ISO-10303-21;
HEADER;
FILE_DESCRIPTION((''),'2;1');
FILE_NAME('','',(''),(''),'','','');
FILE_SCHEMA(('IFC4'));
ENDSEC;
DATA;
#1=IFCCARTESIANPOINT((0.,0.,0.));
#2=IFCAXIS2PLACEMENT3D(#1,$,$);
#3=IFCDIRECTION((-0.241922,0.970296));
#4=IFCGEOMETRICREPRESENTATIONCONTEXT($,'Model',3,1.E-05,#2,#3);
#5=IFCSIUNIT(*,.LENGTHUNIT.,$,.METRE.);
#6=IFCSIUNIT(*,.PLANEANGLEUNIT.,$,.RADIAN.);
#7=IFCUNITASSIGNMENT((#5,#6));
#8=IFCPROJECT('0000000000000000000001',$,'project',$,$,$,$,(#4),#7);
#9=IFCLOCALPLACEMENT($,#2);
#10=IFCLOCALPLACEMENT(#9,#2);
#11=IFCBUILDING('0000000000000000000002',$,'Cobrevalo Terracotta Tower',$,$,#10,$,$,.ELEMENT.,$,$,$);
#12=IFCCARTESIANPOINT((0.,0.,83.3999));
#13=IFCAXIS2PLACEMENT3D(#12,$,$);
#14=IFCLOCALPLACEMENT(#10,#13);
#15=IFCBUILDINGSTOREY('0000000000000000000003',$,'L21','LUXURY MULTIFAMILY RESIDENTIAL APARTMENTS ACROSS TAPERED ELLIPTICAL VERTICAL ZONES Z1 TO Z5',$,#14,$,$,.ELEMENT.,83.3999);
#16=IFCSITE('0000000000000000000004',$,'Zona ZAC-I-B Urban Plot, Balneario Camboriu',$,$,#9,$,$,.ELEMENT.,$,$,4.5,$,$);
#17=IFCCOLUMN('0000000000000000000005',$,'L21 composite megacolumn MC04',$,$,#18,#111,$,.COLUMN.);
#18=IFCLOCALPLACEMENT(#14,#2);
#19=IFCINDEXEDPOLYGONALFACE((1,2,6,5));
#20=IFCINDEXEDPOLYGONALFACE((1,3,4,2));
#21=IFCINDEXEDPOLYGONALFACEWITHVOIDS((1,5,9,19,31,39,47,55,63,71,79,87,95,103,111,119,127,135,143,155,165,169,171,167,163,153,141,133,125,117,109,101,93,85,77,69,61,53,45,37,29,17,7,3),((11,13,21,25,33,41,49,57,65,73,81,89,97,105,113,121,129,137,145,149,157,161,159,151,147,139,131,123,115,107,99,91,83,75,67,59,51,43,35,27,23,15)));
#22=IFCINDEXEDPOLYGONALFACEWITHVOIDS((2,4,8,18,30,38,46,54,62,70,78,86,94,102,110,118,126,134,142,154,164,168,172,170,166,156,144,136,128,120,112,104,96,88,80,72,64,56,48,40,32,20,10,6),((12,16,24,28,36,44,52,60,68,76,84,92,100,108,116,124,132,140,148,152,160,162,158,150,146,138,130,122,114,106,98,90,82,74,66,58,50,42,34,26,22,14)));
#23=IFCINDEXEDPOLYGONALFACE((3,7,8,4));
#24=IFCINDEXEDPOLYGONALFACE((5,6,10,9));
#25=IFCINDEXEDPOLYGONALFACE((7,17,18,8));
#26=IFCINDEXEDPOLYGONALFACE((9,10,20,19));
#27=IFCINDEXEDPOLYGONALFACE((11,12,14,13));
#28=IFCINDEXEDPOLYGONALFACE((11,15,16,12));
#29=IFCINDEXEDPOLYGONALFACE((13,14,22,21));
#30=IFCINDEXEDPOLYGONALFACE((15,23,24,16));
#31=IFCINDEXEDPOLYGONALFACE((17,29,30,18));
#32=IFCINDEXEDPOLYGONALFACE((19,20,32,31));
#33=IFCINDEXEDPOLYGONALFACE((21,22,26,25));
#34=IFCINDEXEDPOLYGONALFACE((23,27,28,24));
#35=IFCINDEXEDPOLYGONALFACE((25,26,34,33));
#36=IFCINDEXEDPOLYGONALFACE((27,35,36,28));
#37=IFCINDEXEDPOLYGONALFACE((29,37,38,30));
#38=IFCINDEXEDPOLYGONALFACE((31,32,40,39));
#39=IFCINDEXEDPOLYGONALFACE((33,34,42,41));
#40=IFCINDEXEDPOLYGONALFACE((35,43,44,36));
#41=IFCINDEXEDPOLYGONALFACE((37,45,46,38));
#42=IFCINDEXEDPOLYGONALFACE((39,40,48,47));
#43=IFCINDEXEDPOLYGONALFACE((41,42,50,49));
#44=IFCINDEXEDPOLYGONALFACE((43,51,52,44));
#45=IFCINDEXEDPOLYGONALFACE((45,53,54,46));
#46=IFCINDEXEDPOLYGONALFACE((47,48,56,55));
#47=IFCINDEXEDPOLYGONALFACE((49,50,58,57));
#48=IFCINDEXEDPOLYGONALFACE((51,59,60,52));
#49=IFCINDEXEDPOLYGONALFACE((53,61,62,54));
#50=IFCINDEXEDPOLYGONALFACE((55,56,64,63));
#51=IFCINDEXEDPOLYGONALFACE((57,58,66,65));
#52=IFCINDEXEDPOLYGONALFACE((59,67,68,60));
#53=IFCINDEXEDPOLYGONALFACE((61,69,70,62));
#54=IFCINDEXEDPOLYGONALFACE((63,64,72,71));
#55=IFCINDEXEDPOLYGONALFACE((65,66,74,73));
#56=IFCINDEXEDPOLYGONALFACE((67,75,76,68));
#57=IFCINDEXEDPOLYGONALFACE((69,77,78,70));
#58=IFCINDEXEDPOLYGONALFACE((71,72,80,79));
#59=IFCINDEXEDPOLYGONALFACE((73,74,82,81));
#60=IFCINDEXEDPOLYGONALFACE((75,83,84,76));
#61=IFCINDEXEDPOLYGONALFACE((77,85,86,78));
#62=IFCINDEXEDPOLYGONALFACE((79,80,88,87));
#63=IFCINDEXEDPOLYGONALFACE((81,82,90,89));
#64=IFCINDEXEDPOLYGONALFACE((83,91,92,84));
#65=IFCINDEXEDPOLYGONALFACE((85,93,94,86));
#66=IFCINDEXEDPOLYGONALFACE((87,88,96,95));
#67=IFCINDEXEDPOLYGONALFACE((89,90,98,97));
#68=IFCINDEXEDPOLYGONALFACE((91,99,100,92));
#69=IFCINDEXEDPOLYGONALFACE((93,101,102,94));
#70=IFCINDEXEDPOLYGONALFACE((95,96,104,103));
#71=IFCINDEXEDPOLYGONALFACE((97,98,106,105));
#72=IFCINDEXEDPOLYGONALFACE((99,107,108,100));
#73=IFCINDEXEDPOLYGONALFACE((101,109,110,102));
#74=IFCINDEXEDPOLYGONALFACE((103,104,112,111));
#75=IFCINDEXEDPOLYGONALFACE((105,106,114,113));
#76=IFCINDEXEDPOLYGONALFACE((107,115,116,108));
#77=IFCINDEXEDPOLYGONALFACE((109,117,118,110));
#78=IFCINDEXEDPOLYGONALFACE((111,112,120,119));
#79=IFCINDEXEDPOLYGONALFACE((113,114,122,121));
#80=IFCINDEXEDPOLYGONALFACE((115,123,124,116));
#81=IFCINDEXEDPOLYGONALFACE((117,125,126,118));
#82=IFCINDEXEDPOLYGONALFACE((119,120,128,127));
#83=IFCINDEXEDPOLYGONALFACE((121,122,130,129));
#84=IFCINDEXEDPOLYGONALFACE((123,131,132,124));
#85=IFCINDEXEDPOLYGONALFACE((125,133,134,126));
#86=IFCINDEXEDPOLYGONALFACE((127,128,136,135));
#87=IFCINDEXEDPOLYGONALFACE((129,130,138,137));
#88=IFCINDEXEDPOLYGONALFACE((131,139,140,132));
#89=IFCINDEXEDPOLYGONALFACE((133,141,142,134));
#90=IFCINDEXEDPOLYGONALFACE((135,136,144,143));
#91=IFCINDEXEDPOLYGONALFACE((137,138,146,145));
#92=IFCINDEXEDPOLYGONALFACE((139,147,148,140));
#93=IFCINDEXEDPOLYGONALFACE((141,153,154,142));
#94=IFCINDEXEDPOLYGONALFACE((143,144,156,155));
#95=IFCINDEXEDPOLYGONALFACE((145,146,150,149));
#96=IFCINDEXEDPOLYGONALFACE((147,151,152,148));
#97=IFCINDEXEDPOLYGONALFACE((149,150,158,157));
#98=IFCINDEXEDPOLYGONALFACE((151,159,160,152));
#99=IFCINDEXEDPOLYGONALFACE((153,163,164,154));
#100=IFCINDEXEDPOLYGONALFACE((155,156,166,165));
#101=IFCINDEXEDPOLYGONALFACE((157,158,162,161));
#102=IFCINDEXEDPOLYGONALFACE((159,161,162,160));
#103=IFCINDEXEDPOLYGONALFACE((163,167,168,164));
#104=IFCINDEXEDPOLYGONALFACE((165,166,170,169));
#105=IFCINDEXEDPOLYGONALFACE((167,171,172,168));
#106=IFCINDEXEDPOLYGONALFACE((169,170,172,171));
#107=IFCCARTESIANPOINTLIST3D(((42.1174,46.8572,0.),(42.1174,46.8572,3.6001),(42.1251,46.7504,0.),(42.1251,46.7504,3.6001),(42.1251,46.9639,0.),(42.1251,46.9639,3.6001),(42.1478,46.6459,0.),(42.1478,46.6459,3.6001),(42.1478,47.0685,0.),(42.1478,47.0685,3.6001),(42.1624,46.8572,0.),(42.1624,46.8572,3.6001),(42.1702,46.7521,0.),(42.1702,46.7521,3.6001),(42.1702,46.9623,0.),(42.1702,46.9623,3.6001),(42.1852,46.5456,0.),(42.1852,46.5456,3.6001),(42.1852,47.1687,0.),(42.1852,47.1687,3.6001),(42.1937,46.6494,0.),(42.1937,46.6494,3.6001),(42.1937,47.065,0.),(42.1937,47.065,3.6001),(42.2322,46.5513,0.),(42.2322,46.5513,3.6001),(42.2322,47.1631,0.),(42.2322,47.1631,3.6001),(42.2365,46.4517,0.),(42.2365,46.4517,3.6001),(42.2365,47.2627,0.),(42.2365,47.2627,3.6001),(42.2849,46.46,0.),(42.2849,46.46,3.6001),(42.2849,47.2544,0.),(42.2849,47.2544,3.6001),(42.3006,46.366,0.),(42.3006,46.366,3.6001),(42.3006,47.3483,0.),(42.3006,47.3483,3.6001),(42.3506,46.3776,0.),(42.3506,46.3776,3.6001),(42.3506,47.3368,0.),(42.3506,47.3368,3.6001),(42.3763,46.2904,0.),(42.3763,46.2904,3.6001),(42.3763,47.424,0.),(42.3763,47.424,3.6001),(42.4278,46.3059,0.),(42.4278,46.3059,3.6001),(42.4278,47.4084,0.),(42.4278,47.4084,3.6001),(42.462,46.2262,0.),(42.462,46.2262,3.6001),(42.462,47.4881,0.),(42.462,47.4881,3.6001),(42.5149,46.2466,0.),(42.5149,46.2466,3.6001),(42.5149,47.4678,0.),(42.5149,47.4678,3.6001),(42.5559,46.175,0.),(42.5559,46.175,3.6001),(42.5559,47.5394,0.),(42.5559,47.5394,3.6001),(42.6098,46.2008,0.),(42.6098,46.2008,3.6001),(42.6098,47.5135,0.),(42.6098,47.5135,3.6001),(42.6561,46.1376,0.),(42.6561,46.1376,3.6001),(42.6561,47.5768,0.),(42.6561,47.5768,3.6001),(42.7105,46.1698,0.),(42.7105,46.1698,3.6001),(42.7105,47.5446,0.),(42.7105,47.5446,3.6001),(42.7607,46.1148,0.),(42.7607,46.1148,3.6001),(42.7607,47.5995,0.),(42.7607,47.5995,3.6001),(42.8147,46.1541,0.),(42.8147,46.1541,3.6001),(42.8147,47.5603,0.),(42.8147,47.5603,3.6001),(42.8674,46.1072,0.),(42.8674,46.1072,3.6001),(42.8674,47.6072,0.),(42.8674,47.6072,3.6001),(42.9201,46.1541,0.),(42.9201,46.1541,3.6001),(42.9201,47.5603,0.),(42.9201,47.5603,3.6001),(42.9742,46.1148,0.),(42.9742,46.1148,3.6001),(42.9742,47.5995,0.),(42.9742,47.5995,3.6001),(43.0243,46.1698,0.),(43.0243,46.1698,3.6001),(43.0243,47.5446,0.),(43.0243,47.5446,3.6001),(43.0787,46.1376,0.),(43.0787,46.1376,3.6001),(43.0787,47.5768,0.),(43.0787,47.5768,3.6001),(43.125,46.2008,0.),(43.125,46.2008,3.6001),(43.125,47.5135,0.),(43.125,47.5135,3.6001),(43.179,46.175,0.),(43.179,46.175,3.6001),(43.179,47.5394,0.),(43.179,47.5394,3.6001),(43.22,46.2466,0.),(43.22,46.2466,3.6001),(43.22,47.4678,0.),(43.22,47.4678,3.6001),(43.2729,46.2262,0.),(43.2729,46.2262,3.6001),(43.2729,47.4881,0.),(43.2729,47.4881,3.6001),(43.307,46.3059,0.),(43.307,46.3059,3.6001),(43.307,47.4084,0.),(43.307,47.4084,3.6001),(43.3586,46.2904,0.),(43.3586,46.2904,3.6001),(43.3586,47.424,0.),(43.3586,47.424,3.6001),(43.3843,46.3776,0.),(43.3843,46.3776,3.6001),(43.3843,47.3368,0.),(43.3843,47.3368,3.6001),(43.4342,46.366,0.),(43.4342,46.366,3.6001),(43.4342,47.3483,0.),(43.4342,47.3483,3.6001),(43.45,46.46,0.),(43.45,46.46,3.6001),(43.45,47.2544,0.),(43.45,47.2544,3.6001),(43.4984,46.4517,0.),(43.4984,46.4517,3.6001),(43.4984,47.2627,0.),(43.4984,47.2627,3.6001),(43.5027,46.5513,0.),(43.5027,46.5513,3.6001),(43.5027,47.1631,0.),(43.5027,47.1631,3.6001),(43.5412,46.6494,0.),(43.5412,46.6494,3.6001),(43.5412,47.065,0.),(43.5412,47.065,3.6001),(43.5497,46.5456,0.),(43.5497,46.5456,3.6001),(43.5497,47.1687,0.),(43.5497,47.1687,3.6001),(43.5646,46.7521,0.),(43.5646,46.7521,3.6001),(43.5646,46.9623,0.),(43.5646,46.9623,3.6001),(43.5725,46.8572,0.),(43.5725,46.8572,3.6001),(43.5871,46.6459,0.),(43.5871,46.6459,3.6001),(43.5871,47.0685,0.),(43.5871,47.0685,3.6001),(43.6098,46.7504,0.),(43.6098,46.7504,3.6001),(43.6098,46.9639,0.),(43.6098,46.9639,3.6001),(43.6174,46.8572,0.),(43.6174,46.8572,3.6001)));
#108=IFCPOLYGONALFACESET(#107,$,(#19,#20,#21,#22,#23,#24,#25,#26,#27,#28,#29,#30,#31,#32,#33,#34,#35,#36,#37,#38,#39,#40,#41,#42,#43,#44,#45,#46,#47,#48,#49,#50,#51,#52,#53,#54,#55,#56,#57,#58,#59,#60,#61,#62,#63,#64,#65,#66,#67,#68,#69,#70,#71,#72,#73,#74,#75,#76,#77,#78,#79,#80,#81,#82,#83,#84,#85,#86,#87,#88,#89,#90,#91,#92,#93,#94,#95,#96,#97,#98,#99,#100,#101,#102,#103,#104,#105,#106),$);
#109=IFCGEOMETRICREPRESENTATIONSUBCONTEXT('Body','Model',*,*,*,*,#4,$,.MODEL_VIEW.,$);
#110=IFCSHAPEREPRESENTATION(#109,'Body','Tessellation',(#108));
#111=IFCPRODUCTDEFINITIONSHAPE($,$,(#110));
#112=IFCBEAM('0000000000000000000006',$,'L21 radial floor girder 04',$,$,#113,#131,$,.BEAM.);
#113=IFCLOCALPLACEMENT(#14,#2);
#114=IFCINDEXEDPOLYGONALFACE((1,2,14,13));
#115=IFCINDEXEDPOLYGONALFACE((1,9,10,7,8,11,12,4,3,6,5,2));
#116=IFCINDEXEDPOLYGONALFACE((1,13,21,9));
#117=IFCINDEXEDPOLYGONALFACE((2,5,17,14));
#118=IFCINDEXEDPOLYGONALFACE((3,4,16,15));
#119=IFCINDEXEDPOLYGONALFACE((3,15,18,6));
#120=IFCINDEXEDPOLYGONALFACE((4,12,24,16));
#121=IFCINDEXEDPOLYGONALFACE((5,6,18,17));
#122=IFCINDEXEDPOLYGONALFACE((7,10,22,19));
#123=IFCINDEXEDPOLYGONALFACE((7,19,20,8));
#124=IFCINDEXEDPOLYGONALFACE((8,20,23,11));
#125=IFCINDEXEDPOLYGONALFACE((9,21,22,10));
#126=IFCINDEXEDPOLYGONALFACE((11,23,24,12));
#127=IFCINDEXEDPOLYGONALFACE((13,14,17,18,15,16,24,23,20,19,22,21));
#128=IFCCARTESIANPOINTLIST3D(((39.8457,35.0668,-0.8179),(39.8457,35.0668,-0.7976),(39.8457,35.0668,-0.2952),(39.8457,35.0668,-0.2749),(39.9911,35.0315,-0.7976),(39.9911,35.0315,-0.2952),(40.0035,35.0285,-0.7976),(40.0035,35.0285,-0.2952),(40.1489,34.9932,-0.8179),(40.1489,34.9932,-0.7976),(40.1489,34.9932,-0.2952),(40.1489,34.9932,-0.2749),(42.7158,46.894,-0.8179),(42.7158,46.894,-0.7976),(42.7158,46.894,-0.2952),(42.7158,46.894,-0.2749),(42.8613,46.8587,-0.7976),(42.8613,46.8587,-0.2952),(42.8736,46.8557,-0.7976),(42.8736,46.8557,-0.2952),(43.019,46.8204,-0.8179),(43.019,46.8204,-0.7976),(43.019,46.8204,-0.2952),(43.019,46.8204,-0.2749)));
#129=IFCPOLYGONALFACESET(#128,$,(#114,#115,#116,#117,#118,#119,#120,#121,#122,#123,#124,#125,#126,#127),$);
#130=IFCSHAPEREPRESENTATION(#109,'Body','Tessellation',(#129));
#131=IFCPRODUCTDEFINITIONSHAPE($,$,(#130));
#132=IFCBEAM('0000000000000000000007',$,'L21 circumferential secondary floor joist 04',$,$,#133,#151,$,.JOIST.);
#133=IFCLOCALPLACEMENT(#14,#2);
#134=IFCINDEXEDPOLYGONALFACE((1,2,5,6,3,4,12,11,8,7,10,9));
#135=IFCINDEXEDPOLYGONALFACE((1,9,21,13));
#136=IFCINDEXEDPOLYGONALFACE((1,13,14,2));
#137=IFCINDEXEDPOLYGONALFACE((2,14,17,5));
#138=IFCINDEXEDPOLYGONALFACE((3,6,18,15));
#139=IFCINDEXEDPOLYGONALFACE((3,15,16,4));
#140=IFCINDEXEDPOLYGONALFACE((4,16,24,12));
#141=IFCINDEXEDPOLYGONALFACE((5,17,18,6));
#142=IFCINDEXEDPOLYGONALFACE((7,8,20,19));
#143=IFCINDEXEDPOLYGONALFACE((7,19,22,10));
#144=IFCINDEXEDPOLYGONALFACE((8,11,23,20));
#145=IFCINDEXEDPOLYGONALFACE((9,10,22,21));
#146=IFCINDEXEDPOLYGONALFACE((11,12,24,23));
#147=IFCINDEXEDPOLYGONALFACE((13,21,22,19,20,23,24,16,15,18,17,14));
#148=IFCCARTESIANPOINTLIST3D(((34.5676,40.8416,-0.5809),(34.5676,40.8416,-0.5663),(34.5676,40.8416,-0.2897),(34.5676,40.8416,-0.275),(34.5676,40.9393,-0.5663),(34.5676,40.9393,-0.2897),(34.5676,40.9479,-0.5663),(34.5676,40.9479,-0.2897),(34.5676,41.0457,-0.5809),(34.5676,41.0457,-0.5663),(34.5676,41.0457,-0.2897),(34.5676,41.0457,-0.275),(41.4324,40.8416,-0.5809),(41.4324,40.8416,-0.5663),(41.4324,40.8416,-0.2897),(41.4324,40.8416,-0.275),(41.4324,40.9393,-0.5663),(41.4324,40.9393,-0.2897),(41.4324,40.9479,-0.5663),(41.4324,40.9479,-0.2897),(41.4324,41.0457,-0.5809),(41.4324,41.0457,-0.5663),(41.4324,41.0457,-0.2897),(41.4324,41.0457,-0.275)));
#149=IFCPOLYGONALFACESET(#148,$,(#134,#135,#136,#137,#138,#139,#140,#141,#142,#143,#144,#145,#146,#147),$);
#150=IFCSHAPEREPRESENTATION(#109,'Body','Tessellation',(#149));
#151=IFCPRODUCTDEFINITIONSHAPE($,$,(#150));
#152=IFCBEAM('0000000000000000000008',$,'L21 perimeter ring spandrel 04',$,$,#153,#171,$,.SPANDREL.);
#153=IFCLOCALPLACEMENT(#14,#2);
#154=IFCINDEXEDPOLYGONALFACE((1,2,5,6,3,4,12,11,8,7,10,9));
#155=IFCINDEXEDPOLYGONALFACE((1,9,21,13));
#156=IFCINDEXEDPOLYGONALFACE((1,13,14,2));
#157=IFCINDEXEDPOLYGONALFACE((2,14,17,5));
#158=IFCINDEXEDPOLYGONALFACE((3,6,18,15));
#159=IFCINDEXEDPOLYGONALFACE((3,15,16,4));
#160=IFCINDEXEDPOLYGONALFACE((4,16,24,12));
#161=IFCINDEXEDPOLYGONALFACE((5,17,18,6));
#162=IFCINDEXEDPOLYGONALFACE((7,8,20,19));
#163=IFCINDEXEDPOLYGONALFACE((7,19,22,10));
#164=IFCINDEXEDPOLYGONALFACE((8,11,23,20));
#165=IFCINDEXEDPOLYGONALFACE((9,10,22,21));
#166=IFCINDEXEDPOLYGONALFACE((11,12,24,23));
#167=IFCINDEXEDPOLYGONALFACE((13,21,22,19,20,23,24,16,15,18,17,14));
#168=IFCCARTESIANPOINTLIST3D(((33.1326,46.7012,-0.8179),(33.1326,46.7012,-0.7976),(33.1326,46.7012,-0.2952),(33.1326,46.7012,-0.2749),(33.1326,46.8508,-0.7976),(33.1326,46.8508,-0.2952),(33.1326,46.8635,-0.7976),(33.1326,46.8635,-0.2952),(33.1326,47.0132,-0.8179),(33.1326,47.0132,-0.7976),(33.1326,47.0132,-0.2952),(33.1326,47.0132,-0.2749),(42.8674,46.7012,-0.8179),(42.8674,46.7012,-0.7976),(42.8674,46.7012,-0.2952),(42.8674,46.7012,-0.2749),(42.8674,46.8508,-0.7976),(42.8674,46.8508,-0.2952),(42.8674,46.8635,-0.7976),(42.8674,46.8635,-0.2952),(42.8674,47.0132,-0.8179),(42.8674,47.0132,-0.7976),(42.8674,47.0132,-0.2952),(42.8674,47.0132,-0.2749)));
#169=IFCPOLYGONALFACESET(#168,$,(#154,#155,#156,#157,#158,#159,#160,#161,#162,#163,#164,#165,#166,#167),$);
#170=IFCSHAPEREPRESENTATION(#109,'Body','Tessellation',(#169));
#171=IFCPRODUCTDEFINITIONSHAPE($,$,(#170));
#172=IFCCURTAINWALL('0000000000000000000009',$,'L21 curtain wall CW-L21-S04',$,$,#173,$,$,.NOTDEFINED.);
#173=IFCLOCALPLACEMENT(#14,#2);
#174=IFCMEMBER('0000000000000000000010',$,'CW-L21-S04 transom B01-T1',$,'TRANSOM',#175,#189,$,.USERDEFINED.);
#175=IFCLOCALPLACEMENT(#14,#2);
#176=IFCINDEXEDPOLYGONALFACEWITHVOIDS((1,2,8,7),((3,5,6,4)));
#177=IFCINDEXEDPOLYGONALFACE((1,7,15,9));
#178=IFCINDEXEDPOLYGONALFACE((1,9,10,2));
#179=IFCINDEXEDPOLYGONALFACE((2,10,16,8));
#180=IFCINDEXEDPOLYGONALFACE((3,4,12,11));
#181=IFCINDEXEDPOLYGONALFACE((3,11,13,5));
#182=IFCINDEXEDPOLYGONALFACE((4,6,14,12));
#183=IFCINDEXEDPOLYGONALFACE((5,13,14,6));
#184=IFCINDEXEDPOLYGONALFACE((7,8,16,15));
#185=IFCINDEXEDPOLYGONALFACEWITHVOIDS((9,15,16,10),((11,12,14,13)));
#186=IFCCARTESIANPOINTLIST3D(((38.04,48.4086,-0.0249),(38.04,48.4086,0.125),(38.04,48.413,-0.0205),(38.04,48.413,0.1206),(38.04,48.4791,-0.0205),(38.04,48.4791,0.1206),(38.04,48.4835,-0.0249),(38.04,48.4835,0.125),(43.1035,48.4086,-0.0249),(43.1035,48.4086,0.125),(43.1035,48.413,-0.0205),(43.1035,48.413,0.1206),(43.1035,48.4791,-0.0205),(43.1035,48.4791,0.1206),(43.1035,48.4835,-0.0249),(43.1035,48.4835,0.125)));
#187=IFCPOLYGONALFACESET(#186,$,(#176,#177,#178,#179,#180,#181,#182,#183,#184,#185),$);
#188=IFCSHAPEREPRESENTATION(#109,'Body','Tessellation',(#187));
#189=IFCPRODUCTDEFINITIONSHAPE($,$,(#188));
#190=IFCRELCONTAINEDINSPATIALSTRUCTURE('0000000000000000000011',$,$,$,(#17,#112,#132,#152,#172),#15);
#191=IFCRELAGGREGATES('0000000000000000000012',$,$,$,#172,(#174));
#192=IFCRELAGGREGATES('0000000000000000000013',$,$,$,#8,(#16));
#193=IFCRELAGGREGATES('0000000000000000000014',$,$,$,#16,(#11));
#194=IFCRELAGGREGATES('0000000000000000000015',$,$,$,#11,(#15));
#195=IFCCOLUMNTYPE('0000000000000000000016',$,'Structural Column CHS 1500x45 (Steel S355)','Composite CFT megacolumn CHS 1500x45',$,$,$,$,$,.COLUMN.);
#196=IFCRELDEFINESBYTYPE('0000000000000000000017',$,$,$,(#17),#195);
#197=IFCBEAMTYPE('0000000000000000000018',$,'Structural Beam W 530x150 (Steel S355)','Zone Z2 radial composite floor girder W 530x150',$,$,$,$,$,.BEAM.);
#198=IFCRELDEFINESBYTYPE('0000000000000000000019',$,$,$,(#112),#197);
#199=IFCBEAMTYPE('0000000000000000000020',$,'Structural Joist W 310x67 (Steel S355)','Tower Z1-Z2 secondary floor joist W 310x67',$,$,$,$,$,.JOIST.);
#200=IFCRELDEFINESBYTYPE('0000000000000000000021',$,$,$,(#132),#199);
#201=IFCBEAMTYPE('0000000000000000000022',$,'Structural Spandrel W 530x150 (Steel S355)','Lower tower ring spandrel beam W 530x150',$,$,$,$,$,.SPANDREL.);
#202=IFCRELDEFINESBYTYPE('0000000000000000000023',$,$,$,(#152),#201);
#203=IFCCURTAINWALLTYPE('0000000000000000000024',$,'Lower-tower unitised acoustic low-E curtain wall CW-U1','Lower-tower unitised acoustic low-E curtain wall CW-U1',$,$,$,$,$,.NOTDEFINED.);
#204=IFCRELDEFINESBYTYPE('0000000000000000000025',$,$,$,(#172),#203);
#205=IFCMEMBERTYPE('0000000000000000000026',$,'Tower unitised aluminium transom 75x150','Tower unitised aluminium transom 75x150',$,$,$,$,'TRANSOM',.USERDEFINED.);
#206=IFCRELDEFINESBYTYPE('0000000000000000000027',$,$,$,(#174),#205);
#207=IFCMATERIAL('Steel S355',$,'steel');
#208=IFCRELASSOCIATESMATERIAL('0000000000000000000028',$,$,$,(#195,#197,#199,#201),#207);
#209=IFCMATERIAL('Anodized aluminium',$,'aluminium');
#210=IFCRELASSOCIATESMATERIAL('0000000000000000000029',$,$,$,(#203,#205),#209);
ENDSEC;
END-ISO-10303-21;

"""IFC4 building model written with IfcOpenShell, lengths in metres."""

from ifc_helpers import new_model, si_unit, direction, frame, origin, origin_2d, place, context, subcontext, project, spatial, hollow_rectangle, hollow_circle, i_section, extrude, source, transform, mapped, material, material_profile, profile_set, type_object, element, aggregate, save


model = new_model("IFC4")

# Units and contexts
model_context = context("Model", 3, precision=1e-05, world=origin(), true_north=direction((-0.241922, 0.970296)))
body_context = subcontext(model_context, "Body", "Model", "MODEL_VIEW")
ifc_project = project(units=[si_unit("LENGTHUNIT", "METRE"), si_unit("PLANEANGLEUNIT", "RADIAN")], contexts=[model_context])

# Site, building, storey
site_placement = place(None, origin())
site = spatial("IfcSite", under=ifc_project, at=site_placement, Name="Zona ZAC-I-B Urban Plot, Balneario Camboriu", CompositionType="ELEMENT", RefElevation=4.5)
building_placement = place(site_placement, origin())
building = spatial("IfcBuilding", under=site, at=building_placement, Name="Cobrevalo Terracotta Tower", CompositionType="ELEMENT")
storey_placement = place(building_placement, frame((0.0, 0.0, 83.3999)))
storey = spatial("IfcBuildingStorey", under=building, at=storey_placement, Name="L21", Description="LUXURY MULTIFAMILY RESIDENTIAL APARTMENTS ACROSS TAPERED ELLIPTICAL VERTICAL ZONES Z1 TO Z5", CompositionType="ELEMENT", Elevation=83.3999)

# Column
ifc_material_1 = material(Name="Steel S355", Category="steel")
ifc_material_profile_1 = material_profile(ifc_material_1, hollow_circle(Radius=0.75, WallThickness=0.0449, at=origin_2d()), Name="CHS 1500x45")
ifc_profile_set_1 = profile_set([ifc_material_profile_1], Name="Steel S355")
column_type = type_object("IfcColumnType", Name="Structural Column CHS 1500x45 (Steel S355)", Description="Composite CFT megacolumn CHS 1500x45", PredefinedType="COLUMN", material=ifc_profile_set_1)
column_placement = place(storey_placement, frame((42.8674, 46.8572, 0.0), z_axis=(0.0, 0.0, 1.0), x_axis=(1.0, 0.0, 0.0)))
element("IfcColumn", 1, at=column_placement, inside=storey, type_object=column_type, Name="L21 composite megacolumn MC04", PredefinedType="COLUMN", context=body_context, shape_type="SweptSolid", body=[
    extrude(hollow_circle(Radius=0.75, WallThickness=0.0449, at=origin_2d()), origin(), (0.0, 0.0, 1.0), 3.6001),
])

# Beams
ifc_material_profile_2 = material_profile(ifc_material_1, i_section(OverallWidth=0.312, OverallDepth=0.543, WebThickness=0.0127, FlangeThickness=0.0203, at=origin_2d()), Name="W 530x150")
ifc_profile_set_2 = profile_set([ifc_material_profile_2], Name="Steel S355")
beam_type_1 = type_object("IfcBeamType", Name="Structural Beam W 530x150 (Steel S355)", Description="Zone Z2 radial composite floor girder W 530x150", PredefinedType="BEAM", material=ifc_profile_set_2)
beam_1_placement = place(storey_placement, frame((42.8674, 46.8572, -0.5464), z_axis=(-0.235827, -0.971795, 0.0), x_axis=(0.971795, -0.235827, 0.0)))
element("IfcBeam", 2, at=beam_1_placement, inside=storey, type_object=beam_type_1, Name="L21 radial floor girder 04", PredefinedType="BEAM", context=body_context, shape_type="SweptSolid", body=[
    extrude(i_section(OverallWidth=0.312, OverallDepth=0.543, WebThickness=0.0127, FlangeThickness=0.0203, at=origin_2d()), origin(), (0.0, 0.0, 1.0), 12.1704),
])
ifc_material_profile_3 = material_profile(ifc_material_1, i_section(OverallWidth=0.2041, OverallDepth=0.3059, WebThickness=0.0085, FlangeThickness=0.0146, at=origin_2d()), Name="W 310x67")
ifc_profile_set_3 = profile_set([ifc_material_profile_3], Name="Steel S355")
beam_type_2 = type_object("IfcBeamType", Name="Structural Joist W 310x67 (Steel S355)", Description="Tower Z1-Z2 secondary floor joist W 310x67", PredefinedType="JOIST", material=ifc_profile_set_3)
beam_2_placement = place(storey_placement, frame((41.4324, 40.9436, -0.428), z_axis=(-1.0, 0.0, 0.0), x_axis=(0.0, -1.0, 0.0)))
element("IfcBeam", 3, at=beam_2_placement, inside=storey, type_object=beam_type_2, Name="L21 circumferential secondary floor joist 04", PredefinedType="JOIST", context=body_context, shape_type="SweptSolid", body=[
    extrude(i_section(OverallWidth=0.2041, OverallDepth=0.3059, WebThickness=0.0085, FlangeThickness=0.0146, at=origin_2d()), origin(), (0.0, 0.0, 1.0), 6.8647),
])
ifc_material_profile_4 = material_profile(ifc_material_1, i_section(OverallWidth=0.312, OverallDepth=0.543, WebThickness=0.0127, FlangeThickness=0.0203, at=origin_2d()), Name="W 530x150")
ifc_profile_set_4 = profile_set([ifc_material_profile_4], Name="Steel S355")
beam_type_3 = type_object("IfcBeamType", Name="Structural Spandrel W 530x150 (Steel S355)", Description="Lower tower ring spandrel beam W 530x150", PredefinedType="SPANDREL", material=ifc_profile_set_4)
beam_3_placement = place(storey_placement, frame((42.8674, 46.8572, -0.5464), z_axis=(-1.0, 0.0, 0.0), x_axis=(0.0, -1.0, 0.0)))
element("IfcBeam", 4, at=beam_3_placement, inside=storey, type_object=beam_type_3, Name="L21 perimeter ring spandrel 04", PredefinedType="SPANDREL", context=body_context, shape_type="SweptSolid", body=[
    extrude(i_section(OverallWidth=0.312, OverallDepth=0.543, WebThickness=0.0127, FlangeThickness=0.0203, at=origin_2d()), origin(), (0.0, 0.0, 1.0), 9.7349),
])

# Curtain wall, member
ifc_material_2 = material(Name="Anodized aluminium", Category="aluminium")
curtain_wall_type = type_object("IfcCurtainWallType", Name="Lower-tower unitised acoustic low-E curtain wall CW-U1", Description="Lower-tower unitised acoustic low-E curtain wall CW-U1", PredefinedType="NOTDEFINED", material=ifc_material_2)
curtain_wall_1_placement = place(storey_placement, origin())
curtain_wall_1 = element("IfcCurtainWall", 5, at=curtain_wall_1_placement, inside=storey, type_object=curtain_wall_type, Name="L21 curtain wall CW-L21-S04", PredefinedType="NOTDEFINED")
ifc_material_profile_5 = material_profile(ifc_material_2, hollow_rectangle(XDim=0.075, YDim=0.1499, WallThickness=0.0044, at=origin_2d()), Name="CWT 75x150")
ifc_profile_set_5 = profile_set([ifc_material_profile_5], Name="Anodized aluminium")
member_type_1 = type_object("IfcMemberType", Name="Tower unitised aluminium transom 75x150", Description="Tower unitised aluminium transom 75x150", ElementType="TRANSOM", PredefinedType="USERDEFINED", material=ifc_profile_set_5)
shared_shape_1 = source(origin(), body_context, "Body", "SweptSolid", [
    extrude(hollow_rectangle(XDim=0.075, YDim=0.1499, WallThickness=0.0044, at=origin_2d()), origin(), (0.0, 0.0, 1.0), 5.0635),
])
member_1_placement = place(storey_placement, frame((43.1035, 48.446, 0.05), z_axis=(-1.0, 0.0, 0.0), x_axis=(0.0, -1.0, 0.0)))
member_1 = element("IfcMember", 6, at=member_1_placement, type_object=member_type_1, Name="CW-L21-S04 transom B01-T1", ObjectType="TRANSOM", PredefinedType="USERDEFINED", context=body_context, shape_type="MappedRepresentation", body=[
    mapped(shared_shape_1, transform((0.0, 0.0, 0.0), scale=1.0)),
])

aggregate(curtain_wall_1, [member_1])

save(model, "model.ifc")
